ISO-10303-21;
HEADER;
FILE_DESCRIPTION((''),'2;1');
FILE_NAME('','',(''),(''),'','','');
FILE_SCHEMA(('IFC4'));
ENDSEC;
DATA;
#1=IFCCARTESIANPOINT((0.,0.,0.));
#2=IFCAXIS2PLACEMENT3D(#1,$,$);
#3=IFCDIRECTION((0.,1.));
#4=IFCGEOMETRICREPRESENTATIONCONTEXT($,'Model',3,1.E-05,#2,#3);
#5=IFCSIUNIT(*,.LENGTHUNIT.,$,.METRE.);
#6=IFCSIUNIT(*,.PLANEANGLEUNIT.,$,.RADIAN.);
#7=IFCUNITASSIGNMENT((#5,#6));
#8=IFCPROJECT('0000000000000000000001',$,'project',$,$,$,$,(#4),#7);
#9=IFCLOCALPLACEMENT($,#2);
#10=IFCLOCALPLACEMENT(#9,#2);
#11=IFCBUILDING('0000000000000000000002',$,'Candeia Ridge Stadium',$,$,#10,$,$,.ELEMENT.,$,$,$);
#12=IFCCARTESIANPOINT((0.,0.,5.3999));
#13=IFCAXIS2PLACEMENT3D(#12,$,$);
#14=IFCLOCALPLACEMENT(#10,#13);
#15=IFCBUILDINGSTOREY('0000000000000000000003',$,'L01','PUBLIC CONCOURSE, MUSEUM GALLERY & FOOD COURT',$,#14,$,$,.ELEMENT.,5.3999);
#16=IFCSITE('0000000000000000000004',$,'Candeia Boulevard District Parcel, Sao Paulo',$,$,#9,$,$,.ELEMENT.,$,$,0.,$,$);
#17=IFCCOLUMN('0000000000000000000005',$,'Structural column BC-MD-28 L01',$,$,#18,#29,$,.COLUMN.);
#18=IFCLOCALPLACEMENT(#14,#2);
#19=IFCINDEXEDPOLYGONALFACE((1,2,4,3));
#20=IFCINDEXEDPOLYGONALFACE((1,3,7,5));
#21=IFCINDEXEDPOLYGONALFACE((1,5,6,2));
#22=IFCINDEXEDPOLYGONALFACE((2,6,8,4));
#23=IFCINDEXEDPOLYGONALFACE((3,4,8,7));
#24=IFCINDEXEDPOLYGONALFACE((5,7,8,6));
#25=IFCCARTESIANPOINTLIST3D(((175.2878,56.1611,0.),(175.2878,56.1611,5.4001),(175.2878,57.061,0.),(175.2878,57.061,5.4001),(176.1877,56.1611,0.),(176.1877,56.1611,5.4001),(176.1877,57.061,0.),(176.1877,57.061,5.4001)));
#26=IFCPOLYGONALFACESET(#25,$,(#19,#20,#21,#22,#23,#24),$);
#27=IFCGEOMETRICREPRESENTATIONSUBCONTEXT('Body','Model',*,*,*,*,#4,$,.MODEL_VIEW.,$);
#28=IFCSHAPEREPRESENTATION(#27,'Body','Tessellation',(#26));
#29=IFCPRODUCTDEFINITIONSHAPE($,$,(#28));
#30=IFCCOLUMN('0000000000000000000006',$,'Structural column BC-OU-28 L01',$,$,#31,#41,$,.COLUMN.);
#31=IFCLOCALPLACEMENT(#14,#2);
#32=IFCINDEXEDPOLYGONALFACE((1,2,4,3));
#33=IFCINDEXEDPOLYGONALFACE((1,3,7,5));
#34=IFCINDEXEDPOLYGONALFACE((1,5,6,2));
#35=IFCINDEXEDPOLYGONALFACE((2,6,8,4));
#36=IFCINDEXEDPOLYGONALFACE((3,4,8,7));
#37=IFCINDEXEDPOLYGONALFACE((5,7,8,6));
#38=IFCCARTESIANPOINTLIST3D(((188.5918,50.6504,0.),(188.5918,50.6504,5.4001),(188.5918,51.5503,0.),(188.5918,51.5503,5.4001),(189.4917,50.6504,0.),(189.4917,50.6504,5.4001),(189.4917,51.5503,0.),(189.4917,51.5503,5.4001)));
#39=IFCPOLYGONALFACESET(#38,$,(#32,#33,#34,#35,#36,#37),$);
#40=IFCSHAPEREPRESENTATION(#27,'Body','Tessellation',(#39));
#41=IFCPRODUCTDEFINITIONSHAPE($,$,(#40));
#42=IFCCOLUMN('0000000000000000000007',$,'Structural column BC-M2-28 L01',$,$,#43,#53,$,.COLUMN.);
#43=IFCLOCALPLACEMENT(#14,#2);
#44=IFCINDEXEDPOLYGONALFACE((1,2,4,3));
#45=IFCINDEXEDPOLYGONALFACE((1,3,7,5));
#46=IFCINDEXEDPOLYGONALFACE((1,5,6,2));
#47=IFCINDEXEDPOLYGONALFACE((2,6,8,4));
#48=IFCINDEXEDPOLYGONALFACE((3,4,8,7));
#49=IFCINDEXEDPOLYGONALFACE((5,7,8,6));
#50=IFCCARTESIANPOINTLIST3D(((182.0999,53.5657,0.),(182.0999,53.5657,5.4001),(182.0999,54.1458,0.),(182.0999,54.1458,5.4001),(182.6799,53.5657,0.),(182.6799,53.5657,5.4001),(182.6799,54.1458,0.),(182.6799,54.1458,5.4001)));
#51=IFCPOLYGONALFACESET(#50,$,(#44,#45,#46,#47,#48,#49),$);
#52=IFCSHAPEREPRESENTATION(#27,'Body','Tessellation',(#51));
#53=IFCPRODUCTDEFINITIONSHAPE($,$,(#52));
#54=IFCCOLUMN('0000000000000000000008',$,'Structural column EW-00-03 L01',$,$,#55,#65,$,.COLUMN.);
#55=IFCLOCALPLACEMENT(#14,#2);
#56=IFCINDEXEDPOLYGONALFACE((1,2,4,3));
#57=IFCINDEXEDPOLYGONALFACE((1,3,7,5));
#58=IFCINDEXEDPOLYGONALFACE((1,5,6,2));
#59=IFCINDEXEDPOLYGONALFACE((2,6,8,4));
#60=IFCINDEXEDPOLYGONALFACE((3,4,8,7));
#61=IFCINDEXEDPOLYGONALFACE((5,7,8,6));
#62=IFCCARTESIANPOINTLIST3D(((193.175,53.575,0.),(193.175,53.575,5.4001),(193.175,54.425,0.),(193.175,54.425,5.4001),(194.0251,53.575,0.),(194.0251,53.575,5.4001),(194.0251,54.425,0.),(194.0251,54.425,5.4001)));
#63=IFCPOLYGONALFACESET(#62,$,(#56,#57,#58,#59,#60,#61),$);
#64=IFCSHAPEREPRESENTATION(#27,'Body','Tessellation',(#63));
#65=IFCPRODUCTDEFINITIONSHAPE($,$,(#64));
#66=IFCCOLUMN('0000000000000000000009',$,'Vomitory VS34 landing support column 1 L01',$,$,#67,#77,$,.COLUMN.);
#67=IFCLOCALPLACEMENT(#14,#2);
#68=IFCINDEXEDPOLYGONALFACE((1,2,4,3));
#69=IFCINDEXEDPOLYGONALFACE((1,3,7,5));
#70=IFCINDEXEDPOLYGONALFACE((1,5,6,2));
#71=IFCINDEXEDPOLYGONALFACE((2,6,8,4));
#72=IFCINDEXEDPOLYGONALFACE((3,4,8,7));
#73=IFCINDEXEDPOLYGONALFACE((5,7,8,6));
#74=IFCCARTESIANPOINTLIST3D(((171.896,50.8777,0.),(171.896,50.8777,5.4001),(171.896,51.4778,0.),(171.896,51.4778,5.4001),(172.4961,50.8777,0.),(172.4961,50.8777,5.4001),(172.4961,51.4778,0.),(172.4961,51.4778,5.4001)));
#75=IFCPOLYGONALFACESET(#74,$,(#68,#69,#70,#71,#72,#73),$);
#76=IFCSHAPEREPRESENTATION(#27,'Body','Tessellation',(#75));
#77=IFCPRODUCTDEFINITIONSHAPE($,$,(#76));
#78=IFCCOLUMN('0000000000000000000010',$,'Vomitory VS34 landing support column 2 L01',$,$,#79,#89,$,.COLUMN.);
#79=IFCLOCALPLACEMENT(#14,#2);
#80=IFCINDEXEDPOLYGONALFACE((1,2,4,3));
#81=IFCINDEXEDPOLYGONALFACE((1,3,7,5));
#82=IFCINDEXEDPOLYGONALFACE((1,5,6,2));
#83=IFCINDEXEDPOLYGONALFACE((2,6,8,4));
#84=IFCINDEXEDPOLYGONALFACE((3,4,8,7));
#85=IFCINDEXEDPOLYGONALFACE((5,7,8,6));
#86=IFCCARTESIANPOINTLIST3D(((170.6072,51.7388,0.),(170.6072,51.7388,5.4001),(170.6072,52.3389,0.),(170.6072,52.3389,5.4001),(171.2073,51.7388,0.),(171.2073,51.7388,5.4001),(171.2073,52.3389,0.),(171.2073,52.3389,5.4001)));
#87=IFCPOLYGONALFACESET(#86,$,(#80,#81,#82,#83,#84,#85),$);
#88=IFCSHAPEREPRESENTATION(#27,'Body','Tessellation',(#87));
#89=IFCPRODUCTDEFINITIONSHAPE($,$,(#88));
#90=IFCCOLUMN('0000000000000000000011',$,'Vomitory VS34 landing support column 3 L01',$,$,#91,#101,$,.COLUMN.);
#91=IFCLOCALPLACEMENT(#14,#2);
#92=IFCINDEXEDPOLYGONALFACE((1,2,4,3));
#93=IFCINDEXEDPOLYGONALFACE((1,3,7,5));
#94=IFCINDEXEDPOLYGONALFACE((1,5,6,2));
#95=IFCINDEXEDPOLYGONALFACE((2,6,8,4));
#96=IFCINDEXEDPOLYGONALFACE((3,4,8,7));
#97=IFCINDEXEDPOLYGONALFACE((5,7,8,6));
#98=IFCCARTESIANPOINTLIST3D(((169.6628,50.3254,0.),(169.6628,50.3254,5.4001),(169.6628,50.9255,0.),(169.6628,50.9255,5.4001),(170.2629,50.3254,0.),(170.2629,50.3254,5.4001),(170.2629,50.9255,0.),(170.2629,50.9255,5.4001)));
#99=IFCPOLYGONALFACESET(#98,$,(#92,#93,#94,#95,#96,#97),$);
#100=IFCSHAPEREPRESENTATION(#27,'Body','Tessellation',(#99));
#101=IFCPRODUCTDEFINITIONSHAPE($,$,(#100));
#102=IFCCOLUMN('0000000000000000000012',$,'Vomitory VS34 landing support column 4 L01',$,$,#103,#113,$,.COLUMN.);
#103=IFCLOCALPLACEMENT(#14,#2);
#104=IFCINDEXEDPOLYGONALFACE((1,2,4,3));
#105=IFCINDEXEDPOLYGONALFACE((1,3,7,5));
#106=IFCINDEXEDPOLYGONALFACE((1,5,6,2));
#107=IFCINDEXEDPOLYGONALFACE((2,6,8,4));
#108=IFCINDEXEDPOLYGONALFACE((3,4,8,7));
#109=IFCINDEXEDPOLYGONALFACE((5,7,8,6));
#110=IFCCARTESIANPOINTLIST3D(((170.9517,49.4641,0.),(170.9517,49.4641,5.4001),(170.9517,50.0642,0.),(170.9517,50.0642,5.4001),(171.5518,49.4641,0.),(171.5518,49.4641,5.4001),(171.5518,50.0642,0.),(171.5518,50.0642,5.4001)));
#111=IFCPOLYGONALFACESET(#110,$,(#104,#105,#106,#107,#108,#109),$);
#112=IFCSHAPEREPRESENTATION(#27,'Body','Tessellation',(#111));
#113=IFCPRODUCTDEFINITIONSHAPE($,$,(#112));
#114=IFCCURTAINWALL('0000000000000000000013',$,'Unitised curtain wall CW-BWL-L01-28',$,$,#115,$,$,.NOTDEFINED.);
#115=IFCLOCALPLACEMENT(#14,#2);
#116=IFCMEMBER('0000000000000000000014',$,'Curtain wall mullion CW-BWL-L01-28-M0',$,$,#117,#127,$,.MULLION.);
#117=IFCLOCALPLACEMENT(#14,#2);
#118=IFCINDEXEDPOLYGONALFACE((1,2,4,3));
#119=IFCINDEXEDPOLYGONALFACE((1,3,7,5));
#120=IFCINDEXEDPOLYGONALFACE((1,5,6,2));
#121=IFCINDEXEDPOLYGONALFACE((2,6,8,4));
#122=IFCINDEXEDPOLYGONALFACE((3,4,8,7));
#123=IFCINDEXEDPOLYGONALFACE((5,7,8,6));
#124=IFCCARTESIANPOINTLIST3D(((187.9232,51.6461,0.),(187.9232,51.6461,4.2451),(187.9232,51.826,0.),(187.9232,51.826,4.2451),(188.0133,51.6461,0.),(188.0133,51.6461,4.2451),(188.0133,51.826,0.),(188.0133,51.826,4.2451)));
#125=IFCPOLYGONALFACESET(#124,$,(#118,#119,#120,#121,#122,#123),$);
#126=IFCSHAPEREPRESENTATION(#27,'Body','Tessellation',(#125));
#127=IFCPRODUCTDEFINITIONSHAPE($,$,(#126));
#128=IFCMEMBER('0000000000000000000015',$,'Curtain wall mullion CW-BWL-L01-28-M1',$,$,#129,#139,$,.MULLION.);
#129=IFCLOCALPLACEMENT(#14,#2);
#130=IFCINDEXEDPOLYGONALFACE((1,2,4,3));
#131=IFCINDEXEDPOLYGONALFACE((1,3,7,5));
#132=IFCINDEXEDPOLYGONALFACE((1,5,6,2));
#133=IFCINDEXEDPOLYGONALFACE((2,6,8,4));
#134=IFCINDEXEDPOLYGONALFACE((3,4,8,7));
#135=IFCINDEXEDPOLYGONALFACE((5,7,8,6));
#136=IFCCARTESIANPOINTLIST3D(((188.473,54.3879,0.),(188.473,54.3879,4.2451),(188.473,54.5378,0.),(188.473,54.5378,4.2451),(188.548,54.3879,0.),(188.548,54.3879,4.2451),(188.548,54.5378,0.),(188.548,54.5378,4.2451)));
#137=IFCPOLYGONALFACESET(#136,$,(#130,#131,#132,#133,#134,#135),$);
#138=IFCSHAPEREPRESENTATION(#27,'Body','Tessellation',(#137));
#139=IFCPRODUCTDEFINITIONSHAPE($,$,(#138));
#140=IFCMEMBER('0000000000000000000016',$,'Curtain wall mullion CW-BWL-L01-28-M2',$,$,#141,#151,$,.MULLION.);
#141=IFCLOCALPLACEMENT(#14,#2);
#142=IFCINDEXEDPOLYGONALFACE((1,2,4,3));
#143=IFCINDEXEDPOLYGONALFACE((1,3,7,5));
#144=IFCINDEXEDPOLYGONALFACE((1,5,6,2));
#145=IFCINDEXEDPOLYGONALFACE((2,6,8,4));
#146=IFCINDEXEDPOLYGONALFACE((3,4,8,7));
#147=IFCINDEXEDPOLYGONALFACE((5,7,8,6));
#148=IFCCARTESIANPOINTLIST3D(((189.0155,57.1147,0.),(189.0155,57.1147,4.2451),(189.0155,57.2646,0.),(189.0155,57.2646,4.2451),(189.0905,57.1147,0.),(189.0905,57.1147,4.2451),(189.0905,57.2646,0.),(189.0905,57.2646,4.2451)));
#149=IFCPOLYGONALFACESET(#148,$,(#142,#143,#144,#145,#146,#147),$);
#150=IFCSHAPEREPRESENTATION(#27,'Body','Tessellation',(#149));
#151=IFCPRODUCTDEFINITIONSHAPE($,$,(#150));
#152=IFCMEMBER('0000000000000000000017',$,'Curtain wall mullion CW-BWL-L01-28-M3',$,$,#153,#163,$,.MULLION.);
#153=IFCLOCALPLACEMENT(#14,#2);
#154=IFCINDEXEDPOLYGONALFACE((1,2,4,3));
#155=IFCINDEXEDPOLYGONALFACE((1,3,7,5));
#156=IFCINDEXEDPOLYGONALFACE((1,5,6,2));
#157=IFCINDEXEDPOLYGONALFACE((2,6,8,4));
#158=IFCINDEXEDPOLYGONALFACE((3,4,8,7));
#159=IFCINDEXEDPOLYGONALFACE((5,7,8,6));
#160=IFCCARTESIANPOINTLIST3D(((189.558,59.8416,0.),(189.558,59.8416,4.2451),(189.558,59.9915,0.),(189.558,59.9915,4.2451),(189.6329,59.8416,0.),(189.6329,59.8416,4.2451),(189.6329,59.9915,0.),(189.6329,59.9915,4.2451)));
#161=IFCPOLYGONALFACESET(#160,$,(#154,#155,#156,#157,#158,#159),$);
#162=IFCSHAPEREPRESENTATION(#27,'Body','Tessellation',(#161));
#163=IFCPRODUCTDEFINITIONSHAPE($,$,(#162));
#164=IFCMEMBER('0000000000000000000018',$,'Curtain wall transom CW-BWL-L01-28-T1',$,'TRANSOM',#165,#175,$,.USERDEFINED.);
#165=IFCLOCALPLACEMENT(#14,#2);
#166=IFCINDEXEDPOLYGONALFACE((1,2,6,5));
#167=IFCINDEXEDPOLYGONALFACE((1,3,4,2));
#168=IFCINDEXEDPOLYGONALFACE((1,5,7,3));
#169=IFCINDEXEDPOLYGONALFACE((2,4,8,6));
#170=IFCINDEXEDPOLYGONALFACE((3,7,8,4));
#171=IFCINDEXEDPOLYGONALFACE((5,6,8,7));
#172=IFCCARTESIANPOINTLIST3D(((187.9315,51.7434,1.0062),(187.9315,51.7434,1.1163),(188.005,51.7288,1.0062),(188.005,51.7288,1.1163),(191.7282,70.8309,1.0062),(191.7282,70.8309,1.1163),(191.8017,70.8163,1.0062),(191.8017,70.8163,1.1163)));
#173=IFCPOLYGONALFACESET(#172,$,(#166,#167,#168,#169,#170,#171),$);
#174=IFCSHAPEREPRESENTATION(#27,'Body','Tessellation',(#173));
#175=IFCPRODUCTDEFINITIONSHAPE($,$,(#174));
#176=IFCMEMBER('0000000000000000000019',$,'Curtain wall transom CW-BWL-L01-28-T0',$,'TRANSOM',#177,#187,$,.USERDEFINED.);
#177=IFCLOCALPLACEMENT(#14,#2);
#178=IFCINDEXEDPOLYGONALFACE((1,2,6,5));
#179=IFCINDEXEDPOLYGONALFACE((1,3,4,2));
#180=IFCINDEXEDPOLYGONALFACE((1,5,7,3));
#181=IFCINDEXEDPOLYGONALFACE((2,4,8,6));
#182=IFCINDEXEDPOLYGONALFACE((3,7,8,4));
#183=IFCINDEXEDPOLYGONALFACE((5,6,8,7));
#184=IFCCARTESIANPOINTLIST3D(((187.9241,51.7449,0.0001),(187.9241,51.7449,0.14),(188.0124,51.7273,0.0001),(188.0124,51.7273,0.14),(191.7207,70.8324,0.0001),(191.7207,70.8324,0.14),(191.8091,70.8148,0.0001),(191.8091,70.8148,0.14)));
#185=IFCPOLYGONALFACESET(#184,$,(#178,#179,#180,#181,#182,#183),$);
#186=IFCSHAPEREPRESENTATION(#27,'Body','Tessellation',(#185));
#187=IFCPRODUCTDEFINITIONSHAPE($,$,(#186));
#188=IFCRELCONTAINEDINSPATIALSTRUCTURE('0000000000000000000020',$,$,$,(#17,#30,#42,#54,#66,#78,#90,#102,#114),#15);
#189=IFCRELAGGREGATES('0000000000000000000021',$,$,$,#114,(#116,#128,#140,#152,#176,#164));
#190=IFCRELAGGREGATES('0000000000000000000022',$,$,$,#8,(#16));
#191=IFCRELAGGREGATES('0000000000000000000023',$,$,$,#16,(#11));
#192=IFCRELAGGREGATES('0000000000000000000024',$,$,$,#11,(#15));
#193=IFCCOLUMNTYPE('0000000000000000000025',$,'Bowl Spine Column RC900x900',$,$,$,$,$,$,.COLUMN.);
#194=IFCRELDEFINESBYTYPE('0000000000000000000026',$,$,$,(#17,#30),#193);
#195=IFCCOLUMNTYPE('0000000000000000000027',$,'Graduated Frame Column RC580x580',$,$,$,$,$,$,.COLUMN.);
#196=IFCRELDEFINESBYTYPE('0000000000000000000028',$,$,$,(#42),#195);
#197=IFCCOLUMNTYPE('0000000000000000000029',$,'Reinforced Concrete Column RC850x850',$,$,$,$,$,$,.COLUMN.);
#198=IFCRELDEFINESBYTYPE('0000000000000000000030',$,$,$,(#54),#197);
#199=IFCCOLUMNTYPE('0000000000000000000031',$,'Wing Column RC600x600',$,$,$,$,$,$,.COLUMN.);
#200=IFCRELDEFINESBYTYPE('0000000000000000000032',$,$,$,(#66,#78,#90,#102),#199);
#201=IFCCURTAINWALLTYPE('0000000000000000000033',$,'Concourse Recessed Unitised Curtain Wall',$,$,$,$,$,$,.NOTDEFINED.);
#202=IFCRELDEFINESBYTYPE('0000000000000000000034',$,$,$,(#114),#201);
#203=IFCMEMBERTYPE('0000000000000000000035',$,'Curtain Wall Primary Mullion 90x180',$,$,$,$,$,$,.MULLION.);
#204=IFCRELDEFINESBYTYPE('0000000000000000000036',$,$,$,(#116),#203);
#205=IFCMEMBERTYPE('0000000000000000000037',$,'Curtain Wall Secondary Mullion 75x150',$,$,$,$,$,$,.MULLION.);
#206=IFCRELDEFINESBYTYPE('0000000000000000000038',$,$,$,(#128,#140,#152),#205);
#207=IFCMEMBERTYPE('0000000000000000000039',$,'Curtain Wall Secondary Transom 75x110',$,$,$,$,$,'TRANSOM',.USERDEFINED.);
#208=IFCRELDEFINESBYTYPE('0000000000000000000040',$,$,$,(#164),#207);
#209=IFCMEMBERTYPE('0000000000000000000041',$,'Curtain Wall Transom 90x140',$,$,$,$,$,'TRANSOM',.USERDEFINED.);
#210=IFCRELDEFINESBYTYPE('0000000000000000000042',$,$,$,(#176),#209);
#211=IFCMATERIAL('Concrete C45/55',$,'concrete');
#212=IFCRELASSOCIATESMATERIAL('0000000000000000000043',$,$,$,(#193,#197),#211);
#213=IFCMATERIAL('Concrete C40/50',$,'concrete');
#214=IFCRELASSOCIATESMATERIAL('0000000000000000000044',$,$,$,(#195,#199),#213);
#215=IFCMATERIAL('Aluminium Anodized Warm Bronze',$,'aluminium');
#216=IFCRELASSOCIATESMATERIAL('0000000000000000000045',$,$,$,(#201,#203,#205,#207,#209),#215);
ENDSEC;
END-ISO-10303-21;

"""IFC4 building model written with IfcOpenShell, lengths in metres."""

from ifc_helpers import new_model, si_unit, direction, frame, origin, origin_2d, place, context, subcontext, project, spatial, rectangle, extrude, material, material_profile, profile_set, type_object, element, aggregate, save


model = new_model("IFC4")

# Units and contexts
model_context = context("Model", 3, precision=1e-05, world=origin(), true_north=direction((0.0, 1.0)))
body_context = subcontext(model_context, "Body", "Model", "MODEL_VIEW")
ifc_project = project(units=[si_unit("LENGTHUNIT", "METRE"), si_unit("PLANEANGLEUNIT", "RADIAN")], contexts=[model_context])

# Site, building, storey
site_placement = place(None, origin())
site = spatial("IfcSite", under=ifc_project, at=site_placement, Name="Candeia Boulevard District Parcel, Sao Paulo", CompositionType="ELEMENT", RefElevation=0.0)
building_placement = place(site_placement, origin())
building = spatial("IfcBuilding", under=site, at=building_placement, Name="Candeia Ridge Stadium", CompositionType="ELEMENT")
storey_placement = place(building_placement, frame((0.0, 0.0, 5.3999)))
storey = spatial("IfcBuildingStorey", under=building, at=storey_placement, Name="L01", Description="PUBLIC CONCOURSE, MUSEUM GALLERY & FOOD COURT", CompositionType="ELEMENT", Elevation=5.3999)

# Columns
ifc_material_1 = material(Name="Concrete C45/55", Category="concrete")
ifc_material_profile_1 = material_profile(ifc_material_1, rectangle(XDim=0.8999, YDim=0.8999, at=origin_2d()), Name="RC900x900", Category="concrete")
ifc_profile_set_1 = profile_set([ifc_material_profile_1], Name="Concrete C45/55")
column_type_1 = type_object("IfcColumnType", Name="Bowl Spine Column RC900x900", PredefinedType="COLUMN", material=ifc_profile_set_1)
for number, where, z_axis, x_axis, name in (
    (1, (175.7378, 56.6111, 0.0), (0.0, 0.0, 1.0), (1.0, 0.0, 0.0), "Structural column BC-MD-28 L01"),
    (2, (189.0417, 51.1003, 0.0), (0.0, 0.0, 1.0), (1.0, 0.0, 0.0), "Structural column BC-OU-28 L01"),
):
    element("IfcColumn", number, at=place(storey_placement, frame(where, z_axis=z_axis, x_axis=x_axis)), inside=storey, type_object=column_type_1, Name=name, PredefinedType="COLUMN", context=body_context, shape_type="SweptSolid", body=[
        extrude(rectangle(XDim=0.8999, YDim=0.8999, at=origin_2d()), origin(), (0.0, 0.0, 1.0), 5.4001),
    ])
ifc_material_2 = material(Name="Concrete C40/50", Category="concrete")
ifc_material_profile_2 = material_profile(ifc_material_2, rectangle(XDim=0.5801, YDim=0.5801, at=origin_2d()), Name="RC580x580", Category="concrete")
ifc_profile_set_2 = profile_set([ifc_material_profile_2], Name="Concrete C40/50")
column_type_2 = type_object("IfcColumnType", Name="Graduated Frame Column RC580x580", PredefinedType="COLUMN", material=ifc_profile_set_2)
column_1_placement = place(storey_placement, frame((182.3899, 53.8557, 0.0), z_axis=(0.0, 0.0, 1.0), x_axis=(1.0, 0.0, 0.0)))
element("IfcColumn", 3, at=column_1_placement, inside=storey, type_object=column_type_2, Name="Structural column BC-M2-28 L01", PredefinedType="COLUMN", context=body_context, shape_type="SweptSolid", body=[
    extrude(rectangle(XDim=0.5801, YDim=0.5801, at=origin_2d()), origin(), (0.0, 0.0, 1.0), 5.4001),
])
ifc_material_profile_3 = material_profile(ifc_material_1, rectangle(XDim=0.8501, YDim=0.8501, at=origin_2d()), Name="RC850x850", Category="concrete")
ifc_profile_set_3 = profile_set([ifc_material_profile_3], Name="Concrete C45/55")
column_type_3 = type_object("IfcColumnType", Name="Reinforced Concrete Column RC850x850", PredefinedType="COLUMN", material=ifc_profile_set_3)
column_2_placement = place(storey_placement, frame((193.6001, 54.0, 0.0), z_axis=(0.0, 0.0, 1.0), x_axis=(1.0, 0.0, 0.0)))
element("IfcColumn", 4, at=column_2_placement, inside=storey, type_object=column_type_3, Name="Structural column EW-00-03 L01", PredefinedType="COLUMN", context=body_context, shape_type="SweptSolid", body=[
    extrude(rectangle(XDim=0.8501, YDim=0.8501, at=origin_2d()), origin(), (0.0, 0.0, 1.0), 5.4001),
])
ifc_material_profile_4 = material_profile(ifc_material_2, rectangle(XDim=0.6001, YDim=0.6001, at=origin_2d()), Name="RC600x600", Category="concrete")
ifc_profile_set_4 = profile_set([ifc_material_profile_4], Name="Concrete C40/50")
column_type_4 = type_object("IfcColumnType", Name="Wing Column RC600x600", PredefinedType="COLUMN", material=ifc_profile_set_4)
for number, where, z_axis, x_axis, name in (
    (5, (172.196, 51.1777, 0.0), (0.0, 0.0, 1.0), (1.0, 0.0, 0.0), "Vomitory VS34 landing support column 1 L01"),
    (6, (170.9072, 52.0388, 0.0), (0.0, 0.0, 1.0), (1.0, 0.0, 0.0), "Vomitory VS34 landing support column 2 L01"),
    (7, (169.9629, 50.6255, 0.0), (0.0, 0.0, 1.0), (1.0, 0.0, 0.0), "Vomitory VS34 landing support column 3 L01"),
    (8, (171.2517, 49.7642, 0.0), (0.0, 0.0, 1.0), (1.0, 0.0, 0.0), "Vomitory VS34 landing support column 4 L01"),
):
    element("IfcColumn", number, at=place(storey_placement, frame(where, z_axis=z_axis, x_axis=x_axis)), inside=storey, type_object=column_type_4, Name=name, PredefinedType="COLUMN", context=body_context, shape_type="SweptSolid", body=[
        extrude(rectangle(XDim=0.6001, YDim=0.6001, at=origin_2d()), origin(), (0.0, 0.0, 1.0), 5.4001),
    ])

# Curtain wall, members
ifc_material_3 = material(Name="Aluminium Anodized Warm Bronze", Category="aluminium")
curtain_wall_type = type_object("IfcCurtainWallType", Name="Concourse Recessed Unitised Curtain Wall", PredefinedType="NOTDEFINED", material=ifc_material_3)
curtain_wall_placement = place(storey_placement, origin())
curtain_wall = element("IfcCurtainWall", 9, at=curtain_wall_placement, inside=storey, type_object=curtain_wall_type, Name="Unitised curtain wall CW-BWL-L01-28", PredefinedType="NOTDEFINED")
ifc_material_profile_5 = material_profile(ifc_material_3, rectangle(XDim=0.0901, YDim=0.1799, at=origin_2d()), Name="CWM-90x180", Category="aluminium")
ifc_profile_set_5 = profile_set([ifc_material_profile_5], Name="Aluminium Anodized Warm Bronze")
member_type_1 = type_object("IfcMemberType", Name="Curtain Wall Primary Mullion 90x180", PredefinedType="MULLION", material=ifc_profile_set_5)
member_1_placement = place(storey_placement, frame((187.9683, 51.7361, 0.0), z_axis=(0.0, 0.0, 1.0), x_axis=(1.0, 0.0, 0.0)))
member_1 = element("IfcMember", 10, at=member_1_placement, type_object=member_type_1, Name="Curtain wall mullion CW-BWL-L01-28-M0", PredefinedType="MULLION", context=body_context, shape_type="SweptSolid", body=[
    extrude(rectangle(XDim=0.0901, YDim=0.1799, at=origin_2d()), origin(), (0.0, 0.0, 1.0), 4.2451),
])
ifc_material_profile_6 = material_profile(ifc_material_3, rectangle(XDim=0.075, YDim=0.1499, at=origin_2d()), Name="CWM-75x150", Category="aluminium")
ifc_profile_set_6 = profile_set([ifc_material_profile_6], Name="Aluminium Anodized Warm Bronze")
member_type_2 = type_object("IfcMemberType", Name="Curtain Wall Secondary Mullion 75x150", PredefinedType="MULLION", material=ifc_profile_set_6)
member_2_placement = place(storey_placement, frame((188.5105, 54.4629, 0.0), z_axis=(0.0, 0.0, 1.0), x_axis=(1.0, 0.0, 0.0)))
member_2 = element("IfcMember", 11, at=member_2_placement, type_object=member_type_2, Name="Curtain wall mullion CW-BWL-L01-28-M1", PredefinedType="MULLION", context=body_context, shape_type="SweptSolid", body=[
    extrude(rectangle(XDim=0.075, YDim=0.1499, at=origin_2d()), origin(), (0.0, 0.0, 1.0), 4.2451),
])
member_3_placement = place(storey_placement, frame((189.053, 57.1897, 0.0), z_axis=(0.0, 0.0, 1.0), x_axis=(1.0, 0.0, 0.0)))
member_3 = element("IfcMember", 12, at=member_3_placement, type_object=member_type_2, Name="Curtain wall mullion CW-BWL-L01-28-M2", PredefinedType="MULLION", context=body_context, shape_type="SweptSolid", body=[
    extrude(rectangle(XDim=0.075, YDim=0.1499, at=origin_2d()), origin(), (0.0, 0.0, 1.0), 4.2451),
])
member_4_placement = place(storey_placement, frame((189.5955, 59.9165, 0.0), z_axis=(0.0, 0.0, 1.0), x_axis=(1.0, 0.0, 0.0)))
member_4 = element("IfcMember", 13, at=member_4_placement, type_object=member_type_2, Name="Curtain wall mullion CW-BWL-L01-28-M3", PredefinedType="MULLION", context=body_context, shape_type="SweptSolid", body=[
    extrude(rectangle(XDim=0.075, YDim=0.1499, at=origin_2d()), origin(), (0.0, 0.0, 1.0), 4.2451),
])
ifc_material_profile_7 = material_profile(ifc_material_3, rectangle(XDim=0.075, YDim=0.1101, at=origin_2d()), Name="CWT-75x110", Category="aluminium")
ifc_profile_set_7 = profile_set([ifc_material_profile_7], Name="Aluminium Anodized Warm Bronze")
member_type_3 = type_object("IfcMemberType", Name="Curtain Wall Secondary Transom 75x110", ElementType="TRANSOM", PredefinedType="USERDEFINED", material=ifc_profile_set_7)
member_5_placement = place(storey_placement, frame((187.9683, 51.7361, 1.0613), z_axis=(0.195086, 0.980786, 0.0), x_axis=(-0.980786, 0.195086, 0.0)))
member_5 = element("IfcMember", 14, at=member_5_placement, type_object=member_type_3, Name="Curtain wall transom CW-BWL-L01-28-T1", ObjectType="TRANSOM", PredefinedType="USERDEFINED", context=body_context, shape_type="SweptSolid", body=[
    extrude(rectangle(XDim=0.075, YDim=0.1101, at=origin_2d()), origin(), (0.0, 0.0, 1.0), 19.4614),
])
ifc_material_profile_8 = material_profile(ifc_material_3, rectangle(XDim=0.0901, YDim=0.1399, at=origin_2d()), Name="CWT-90x140", Category="aluminium")
ifc_profile_set_8 = profile_set([ifc_material_profile_8], Name="Aluminium Anodized Warm Bronze")
member_type_4 = type_object("IfcMemberType", Name="Curtain Wall Transom 90x140", ElementType="TRANSOM", PredefinedType="USERDEFINED", material=ifc_profile_set_8)
member_6_placement = place(storey_placement, frame((187.9683, 51.7361, 0.0701), z_axis=(0.195086, 0.980786, 0.0), x_axis=(-0.980786, 0.195086, 0.0)))
member_6 = element("IfcMember", 15, at=member_6_placement, type_object=member_type_4, Name="Curtain wall transom CW-BWL-L01-28-T0", ObjectType="TRANSOM", PredefinedType="USERDEFINED", context=body_context, shape_type="SweptSolid", body=[
    extrude(rectangle(XDim=0.0901, YDim=0.1399, at=origin_2d()), origin(), (0.0, 0.0, 1.0), 19.4614),
])

aggregate(curtain_wall, [member_1, member_2, member_3, member_4, member_6, member_5])

save(model, "model.ifc")
